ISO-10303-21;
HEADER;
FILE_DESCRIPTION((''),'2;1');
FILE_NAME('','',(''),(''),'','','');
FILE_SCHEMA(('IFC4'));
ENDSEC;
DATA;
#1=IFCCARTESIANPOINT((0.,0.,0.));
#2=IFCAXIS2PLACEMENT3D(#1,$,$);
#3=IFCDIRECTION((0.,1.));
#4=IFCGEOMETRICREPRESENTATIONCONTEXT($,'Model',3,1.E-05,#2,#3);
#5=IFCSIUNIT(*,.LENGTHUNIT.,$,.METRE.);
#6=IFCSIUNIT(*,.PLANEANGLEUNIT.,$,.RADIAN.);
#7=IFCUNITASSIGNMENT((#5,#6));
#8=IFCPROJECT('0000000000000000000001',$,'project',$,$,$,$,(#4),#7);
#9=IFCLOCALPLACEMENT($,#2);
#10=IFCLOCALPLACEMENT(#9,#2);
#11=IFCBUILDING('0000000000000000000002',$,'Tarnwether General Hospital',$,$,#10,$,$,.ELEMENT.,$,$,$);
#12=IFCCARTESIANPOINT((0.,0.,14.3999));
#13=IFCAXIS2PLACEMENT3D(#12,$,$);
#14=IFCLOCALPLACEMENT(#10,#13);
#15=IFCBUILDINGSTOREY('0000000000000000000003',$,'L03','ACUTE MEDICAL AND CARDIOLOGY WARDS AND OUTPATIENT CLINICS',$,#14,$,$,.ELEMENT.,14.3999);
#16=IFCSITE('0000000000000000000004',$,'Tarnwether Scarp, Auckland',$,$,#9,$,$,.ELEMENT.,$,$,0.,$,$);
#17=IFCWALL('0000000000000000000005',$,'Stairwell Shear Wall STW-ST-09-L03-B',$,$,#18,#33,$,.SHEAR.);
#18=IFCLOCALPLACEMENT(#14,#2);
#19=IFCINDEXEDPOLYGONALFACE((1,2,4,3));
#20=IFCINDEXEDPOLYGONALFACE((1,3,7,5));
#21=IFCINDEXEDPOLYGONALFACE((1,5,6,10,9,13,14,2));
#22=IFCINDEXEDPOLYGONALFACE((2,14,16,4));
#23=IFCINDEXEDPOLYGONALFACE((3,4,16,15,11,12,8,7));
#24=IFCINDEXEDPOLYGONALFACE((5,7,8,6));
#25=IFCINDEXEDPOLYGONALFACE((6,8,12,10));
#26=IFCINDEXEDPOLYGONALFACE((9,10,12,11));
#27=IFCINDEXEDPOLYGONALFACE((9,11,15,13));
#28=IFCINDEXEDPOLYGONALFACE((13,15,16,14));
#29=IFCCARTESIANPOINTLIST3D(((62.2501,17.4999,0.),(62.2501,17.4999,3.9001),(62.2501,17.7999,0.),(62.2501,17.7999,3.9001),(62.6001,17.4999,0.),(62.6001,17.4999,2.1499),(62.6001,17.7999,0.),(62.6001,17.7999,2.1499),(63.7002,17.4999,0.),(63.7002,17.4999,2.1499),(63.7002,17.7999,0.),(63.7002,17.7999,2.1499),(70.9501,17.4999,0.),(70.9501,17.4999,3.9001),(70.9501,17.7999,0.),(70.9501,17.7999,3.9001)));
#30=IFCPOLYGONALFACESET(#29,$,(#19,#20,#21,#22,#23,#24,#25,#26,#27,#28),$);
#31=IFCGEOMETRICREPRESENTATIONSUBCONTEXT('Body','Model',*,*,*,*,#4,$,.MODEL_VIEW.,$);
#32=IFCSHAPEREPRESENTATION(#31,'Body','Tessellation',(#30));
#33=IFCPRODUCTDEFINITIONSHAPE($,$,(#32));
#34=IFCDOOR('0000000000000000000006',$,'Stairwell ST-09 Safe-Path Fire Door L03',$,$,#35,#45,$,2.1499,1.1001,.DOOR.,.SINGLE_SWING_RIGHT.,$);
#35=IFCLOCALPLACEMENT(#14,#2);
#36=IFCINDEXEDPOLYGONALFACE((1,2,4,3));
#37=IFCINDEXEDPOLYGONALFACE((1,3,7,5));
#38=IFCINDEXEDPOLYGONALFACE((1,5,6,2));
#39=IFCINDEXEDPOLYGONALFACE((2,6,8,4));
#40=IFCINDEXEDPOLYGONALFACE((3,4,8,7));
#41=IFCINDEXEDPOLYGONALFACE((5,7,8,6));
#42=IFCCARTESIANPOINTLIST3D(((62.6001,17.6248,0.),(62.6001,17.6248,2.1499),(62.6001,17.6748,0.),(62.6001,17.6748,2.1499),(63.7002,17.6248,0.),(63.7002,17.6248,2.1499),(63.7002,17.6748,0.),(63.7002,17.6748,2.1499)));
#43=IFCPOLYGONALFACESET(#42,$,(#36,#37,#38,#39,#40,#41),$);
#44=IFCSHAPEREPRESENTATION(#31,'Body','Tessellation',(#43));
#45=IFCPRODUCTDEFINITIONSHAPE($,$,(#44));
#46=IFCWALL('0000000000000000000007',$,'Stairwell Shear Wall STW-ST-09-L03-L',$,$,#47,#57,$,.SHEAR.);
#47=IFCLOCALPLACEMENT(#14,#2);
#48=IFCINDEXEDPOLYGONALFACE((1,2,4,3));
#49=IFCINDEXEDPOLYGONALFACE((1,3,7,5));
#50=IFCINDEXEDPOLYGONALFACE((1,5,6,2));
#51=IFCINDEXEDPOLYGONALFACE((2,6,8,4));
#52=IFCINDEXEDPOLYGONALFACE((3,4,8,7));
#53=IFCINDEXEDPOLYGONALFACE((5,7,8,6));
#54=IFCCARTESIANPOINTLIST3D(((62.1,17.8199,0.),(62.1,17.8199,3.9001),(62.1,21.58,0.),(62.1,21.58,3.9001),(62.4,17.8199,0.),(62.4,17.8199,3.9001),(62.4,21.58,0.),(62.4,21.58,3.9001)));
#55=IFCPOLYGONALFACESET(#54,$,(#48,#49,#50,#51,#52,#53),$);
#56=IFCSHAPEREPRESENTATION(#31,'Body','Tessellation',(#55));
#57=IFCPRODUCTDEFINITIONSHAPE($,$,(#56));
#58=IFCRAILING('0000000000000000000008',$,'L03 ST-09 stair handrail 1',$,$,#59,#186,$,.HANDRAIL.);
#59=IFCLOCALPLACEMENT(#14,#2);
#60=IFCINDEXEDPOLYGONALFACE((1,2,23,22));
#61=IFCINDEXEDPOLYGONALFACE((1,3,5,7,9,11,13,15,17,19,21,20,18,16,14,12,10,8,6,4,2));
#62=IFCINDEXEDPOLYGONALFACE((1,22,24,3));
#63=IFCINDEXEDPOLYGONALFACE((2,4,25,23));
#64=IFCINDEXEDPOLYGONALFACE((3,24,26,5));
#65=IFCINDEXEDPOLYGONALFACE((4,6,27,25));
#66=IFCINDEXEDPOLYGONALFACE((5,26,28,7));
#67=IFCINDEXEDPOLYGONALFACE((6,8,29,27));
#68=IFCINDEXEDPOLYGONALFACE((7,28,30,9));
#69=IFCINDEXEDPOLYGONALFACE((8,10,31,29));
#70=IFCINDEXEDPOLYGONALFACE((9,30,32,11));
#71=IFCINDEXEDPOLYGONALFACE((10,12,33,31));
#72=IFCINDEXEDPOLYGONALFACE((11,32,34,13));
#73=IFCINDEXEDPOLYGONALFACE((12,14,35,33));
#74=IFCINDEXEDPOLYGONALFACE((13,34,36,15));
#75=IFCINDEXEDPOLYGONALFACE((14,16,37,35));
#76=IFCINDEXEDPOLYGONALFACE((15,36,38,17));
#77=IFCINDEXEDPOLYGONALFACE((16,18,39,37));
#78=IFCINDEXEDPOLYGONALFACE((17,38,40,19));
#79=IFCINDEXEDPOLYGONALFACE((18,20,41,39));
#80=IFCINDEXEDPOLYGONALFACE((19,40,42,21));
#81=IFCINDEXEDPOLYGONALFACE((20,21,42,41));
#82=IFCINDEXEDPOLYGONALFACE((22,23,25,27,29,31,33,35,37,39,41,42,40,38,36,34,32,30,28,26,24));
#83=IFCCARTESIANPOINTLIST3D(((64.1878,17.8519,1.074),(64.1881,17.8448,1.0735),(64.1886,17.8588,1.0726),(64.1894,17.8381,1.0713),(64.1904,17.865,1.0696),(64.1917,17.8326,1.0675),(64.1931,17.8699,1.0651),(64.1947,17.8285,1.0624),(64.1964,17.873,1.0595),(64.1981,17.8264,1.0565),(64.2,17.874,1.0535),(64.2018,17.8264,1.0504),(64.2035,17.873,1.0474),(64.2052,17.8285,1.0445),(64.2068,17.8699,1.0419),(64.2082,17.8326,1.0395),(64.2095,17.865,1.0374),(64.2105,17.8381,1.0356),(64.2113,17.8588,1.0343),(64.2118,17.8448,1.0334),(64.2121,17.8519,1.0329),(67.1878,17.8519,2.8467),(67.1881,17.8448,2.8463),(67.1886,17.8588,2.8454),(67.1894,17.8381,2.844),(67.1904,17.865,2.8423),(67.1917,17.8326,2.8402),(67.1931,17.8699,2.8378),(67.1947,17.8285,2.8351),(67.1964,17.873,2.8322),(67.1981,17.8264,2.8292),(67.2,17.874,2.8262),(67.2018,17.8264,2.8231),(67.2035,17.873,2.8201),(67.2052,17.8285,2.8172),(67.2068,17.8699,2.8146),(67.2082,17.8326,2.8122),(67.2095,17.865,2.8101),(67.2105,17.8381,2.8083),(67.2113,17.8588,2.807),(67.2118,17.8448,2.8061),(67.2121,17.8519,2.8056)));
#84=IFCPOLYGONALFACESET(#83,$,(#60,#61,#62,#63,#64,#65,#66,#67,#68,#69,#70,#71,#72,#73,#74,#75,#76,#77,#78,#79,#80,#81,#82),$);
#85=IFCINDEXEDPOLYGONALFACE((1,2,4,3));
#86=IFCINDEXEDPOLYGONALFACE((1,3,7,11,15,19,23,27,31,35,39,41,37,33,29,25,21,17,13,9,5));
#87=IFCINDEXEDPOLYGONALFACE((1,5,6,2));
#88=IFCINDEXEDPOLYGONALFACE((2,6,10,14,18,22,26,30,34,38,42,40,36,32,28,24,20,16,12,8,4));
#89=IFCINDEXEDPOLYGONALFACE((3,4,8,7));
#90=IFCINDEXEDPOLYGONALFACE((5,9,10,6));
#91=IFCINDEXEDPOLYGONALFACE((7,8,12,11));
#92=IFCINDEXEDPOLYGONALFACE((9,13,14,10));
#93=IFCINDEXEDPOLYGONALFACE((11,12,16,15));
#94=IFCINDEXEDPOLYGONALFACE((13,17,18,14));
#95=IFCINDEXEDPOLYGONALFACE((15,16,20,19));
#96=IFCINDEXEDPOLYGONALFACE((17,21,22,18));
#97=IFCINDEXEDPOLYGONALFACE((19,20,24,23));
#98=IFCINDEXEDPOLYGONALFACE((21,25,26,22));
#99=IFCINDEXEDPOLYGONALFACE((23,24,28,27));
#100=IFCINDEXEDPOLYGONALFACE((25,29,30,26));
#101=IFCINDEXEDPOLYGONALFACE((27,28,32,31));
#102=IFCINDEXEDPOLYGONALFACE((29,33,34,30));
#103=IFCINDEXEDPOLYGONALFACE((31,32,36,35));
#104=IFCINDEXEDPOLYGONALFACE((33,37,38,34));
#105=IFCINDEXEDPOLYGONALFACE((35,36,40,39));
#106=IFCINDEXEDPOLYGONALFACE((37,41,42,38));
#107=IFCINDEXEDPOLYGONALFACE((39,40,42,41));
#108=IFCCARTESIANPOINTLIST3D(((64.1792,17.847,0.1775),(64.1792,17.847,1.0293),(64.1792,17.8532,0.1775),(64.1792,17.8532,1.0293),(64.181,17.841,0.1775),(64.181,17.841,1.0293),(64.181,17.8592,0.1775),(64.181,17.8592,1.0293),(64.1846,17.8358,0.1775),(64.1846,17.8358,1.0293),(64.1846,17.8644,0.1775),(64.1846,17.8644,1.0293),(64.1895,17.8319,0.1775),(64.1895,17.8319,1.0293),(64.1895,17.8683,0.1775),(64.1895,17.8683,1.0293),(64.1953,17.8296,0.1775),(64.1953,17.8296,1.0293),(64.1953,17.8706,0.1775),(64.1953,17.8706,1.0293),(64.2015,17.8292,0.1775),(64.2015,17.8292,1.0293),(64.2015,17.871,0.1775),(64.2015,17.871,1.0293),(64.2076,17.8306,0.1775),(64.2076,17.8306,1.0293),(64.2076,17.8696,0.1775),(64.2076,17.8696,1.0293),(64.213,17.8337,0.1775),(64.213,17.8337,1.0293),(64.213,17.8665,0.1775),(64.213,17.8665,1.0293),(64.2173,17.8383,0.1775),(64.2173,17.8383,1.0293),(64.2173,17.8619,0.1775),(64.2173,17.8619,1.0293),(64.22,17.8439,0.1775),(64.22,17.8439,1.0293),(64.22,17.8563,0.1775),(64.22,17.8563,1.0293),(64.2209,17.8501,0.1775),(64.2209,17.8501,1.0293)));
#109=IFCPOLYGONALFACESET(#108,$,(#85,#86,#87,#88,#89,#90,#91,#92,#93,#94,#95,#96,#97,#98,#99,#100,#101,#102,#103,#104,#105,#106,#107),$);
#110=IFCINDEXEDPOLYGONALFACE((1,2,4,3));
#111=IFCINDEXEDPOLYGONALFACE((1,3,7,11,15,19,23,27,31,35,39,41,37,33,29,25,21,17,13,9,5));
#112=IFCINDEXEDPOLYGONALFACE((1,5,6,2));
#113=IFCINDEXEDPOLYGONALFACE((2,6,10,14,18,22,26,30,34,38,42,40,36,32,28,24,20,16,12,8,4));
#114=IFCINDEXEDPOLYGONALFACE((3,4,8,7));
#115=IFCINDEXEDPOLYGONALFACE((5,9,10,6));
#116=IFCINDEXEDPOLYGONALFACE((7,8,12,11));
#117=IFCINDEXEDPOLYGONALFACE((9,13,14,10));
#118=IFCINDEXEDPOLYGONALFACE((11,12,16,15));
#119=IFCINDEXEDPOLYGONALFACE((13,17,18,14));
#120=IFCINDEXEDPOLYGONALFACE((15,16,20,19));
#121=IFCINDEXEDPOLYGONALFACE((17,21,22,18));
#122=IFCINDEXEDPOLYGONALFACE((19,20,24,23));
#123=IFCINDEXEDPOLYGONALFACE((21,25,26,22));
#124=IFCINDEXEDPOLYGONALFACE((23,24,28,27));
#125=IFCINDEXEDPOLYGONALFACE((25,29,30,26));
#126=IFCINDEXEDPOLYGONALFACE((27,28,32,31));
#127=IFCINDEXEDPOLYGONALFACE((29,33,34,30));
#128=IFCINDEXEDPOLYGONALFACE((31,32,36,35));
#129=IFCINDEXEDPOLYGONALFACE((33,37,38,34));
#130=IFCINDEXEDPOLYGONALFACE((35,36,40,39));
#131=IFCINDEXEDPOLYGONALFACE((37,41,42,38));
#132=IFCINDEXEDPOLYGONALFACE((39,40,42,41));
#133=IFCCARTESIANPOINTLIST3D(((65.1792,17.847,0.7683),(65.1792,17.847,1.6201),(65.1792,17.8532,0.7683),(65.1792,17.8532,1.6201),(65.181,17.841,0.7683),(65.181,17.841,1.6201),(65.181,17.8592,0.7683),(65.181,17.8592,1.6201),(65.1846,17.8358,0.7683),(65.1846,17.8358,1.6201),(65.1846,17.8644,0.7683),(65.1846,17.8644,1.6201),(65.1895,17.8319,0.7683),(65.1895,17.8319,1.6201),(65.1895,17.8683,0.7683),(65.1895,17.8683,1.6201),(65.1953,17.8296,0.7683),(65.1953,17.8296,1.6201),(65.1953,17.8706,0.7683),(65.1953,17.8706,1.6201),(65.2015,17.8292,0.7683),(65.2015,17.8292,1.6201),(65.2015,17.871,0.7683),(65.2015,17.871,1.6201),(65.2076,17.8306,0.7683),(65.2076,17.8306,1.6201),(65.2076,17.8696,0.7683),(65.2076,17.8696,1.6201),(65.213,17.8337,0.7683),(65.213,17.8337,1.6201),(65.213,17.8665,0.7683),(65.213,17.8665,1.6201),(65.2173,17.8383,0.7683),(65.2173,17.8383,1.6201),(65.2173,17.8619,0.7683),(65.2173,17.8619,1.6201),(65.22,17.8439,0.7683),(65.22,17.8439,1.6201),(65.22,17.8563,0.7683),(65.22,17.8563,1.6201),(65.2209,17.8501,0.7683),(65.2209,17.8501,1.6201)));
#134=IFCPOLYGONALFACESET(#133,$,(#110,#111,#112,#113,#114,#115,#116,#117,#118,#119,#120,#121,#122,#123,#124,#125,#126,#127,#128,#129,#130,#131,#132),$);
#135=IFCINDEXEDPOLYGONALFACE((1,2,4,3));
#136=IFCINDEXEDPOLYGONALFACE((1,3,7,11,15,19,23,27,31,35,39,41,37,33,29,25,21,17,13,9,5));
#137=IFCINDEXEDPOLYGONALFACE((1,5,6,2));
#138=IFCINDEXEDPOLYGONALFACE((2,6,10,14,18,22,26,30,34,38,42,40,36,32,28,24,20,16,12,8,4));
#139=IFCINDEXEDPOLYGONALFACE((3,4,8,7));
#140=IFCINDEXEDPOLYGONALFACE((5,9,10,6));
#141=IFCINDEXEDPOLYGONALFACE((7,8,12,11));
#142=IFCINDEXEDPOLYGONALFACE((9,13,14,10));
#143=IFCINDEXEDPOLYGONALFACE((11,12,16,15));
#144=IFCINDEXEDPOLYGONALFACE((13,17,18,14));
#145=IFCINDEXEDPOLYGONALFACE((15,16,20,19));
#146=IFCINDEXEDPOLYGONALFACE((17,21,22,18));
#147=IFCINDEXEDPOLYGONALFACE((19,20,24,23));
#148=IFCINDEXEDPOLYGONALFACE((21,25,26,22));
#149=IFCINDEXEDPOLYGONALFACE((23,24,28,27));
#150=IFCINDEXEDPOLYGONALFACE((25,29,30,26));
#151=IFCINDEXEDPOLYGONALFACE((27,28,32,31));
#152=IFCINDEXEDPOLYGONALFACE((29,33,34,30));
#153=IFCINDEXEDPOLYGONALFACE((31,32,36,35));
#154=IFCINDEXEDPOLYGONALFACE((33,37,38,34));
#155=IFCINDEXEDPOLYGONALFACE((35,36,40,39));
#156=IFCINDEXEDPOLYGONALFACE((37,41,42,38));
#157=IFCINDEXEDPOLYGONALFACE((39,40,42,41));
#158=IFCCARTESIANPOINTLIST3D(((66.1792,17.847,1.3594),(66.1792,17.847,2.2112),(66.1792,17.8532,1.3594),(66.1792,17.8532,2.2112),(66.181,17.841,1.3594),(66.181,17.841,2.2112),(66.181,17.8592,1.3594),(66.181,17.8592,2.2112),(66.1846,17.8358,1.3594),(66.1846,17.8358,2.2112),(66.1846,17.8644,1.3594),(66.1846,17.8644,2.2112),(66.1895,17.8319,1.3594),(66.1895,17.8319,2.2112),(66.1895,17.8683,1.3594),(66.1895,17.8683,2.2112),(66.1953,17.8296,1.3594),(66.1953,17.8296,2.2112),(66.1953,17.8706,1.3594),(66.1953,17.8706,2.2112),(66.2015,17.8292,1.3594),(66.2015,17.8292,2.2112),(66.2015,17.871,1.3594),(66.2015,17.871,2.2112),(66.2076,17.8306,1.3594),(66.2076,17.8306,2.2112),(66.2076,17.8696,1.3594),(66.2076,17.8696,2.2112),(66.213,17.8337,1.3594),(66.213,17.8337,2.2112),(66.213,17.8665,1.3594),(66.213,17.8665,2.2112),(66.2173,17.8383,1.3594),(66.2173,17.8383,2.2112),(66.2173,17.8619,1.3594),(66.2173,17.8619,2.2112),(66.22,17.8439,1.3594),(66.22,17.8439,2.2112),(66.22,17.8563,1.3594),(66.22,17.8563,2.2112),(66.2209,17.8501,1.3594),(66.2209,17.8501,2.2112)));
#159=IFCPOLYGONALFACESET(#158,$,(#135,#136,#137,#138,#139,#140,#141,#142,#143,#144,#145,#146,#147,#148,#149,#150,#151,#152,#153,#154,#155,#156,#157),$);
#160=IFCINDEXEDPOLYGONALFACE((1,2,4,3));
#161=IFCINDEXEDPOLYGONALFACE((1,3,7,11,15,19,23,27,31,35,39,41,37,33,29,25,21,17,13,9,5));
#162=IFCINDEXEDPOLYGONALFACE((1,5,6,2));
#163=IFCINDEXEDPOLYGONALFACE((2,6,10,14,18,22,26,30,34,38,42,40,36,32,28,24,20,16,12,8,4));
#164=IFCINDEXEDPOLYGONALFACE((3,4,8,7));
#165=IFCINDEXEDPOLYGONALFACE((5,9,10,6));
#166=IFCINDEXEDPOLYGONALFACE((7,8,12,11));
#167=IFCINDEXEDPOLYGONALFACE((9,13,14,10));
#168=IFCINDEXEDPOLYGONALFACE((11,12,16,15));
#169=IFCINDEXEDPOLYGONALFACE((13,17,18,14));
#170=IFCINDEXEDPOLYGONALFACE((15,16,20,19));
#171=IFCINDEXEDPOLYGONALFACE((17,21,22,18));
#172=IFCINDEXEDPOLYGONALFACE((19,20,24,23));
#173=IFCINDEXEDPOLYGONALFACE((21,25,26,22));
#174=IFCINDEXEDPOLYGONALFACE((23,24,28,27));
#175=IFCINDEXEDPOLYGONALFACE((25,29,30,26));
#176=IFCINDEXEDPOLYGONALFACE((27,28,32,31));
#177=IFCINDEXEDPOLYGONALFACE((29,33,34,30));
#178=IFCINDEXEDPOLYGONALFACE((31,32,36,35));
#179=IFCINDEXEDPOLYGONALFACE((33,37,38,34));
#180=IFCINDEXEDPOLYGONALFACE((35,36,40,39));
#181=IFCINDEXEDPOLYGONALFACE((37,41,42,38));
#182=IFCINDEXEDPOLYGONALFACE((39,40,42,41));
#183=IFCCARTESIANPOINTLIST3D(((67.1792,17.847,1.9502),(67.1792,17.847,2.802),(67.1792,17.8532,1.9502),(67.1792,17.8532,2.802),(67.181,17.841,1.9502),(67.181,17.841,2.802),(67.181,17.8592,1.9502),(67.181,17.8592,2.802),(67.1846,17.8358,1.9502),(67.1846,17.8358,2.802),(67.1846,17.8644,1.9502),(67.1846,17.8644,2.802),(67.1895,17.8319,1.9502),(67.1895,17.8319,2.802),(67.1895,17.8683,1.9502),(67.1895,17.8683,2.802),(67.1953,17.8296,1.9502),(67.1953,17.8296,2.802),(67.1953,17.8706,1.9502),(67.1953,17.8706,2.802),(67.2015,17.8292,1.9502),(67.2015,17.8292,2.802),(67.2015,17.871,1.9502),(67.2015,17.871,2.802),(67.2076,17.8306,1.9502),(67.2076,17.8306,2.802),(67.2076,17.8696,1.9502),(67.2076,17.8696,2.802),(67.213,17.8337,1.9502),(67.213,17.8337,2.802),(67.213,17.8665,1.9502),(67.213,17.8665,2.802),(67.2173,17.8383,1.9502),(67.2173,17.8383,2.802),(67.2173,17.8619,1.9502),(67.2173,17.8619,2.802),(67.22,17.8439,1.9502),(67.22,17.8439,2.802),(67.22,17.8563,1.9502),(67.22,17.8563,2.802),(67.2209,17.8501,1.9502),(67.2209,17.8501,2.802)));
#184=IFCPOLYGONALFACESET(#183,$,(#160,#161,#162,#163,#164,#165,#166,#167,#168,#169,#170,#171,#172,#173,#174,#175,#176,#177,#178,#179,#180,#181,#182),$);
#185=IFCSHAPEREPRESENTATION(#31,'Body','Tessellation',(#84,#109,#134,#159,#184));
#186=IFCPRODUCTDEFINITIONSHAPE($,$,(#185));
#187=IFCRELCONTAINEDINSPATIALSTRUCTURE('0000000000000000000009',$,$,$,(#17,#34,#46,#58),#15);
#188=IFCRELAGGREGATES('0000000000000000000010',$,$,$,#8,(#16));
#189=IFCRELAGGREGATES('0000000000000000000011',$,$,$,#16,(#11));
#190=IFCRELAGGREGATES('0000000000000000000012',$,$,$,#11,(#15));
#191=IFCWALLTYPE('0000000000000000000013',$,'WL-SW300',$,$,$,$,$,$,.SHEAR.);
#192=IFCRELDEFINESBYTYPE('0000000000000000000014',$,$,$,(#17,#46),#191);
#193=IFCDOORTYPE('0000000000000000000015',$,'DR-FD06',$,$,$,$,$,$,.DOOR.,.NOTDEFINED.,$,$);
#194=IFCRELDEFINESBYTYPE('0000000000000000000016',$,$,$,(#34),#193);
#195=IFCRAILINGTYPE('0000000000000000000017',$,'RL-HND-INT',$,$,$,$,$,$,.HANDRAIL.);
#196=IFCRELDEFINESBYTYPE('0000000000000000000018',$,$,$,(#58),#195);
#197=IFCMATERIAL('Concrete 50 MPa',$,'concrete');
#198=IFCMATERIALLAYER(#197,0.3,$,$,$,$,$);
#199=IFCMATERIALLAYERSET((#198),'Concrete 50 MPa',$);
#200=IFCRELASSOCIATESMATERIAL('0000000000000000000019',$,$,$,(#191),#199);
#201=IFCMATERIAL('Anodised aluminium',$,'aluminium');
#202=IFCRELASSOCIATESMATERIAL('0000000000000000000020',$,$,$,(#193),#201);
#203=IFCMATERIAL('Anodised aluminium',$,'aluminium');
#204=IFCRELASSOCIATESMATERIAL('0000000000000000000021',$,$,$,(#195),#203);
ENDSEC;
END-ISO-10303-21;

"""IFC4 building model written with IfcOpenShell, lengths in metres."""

from ifc_helpers import new_model, si_unit, direction, frame, frame_2d, origin, origin_2d, place, context, subcontext, project, spatial, rectangle, circle, extrude, material, layer, layer_set, type_object, element, fill, save


model = new_model("IFC4")

# Units and contexts
model_context = context("Model", 3, precision=1e-05, world=origin(), true_north=direction((0.0, 1.0)))
body_context = subcontext(model_context, "Body", "Model", "MODEL_VIEW")
ifc_project = project(units=[si_unit("LENGTHUNIT", "METRE"), si_unit("PLANEANGLEUNIT", "RADIAN")], contexts=[model_context])

# Site, building, storey
site_placement = place(None, origin())
site = spatial("IfcSite", under=ifc_project, at=site_placement, Name="Tarnwether Scarp, Auckland", CompositionType="ELEMENT", RefElevation=0.0)
building_placement = place(site_placement, origin())
building = spatial("IfcBuilding", under=site, at=building_placement, Name="Tarnwether General Hospital", CompositionType="ELEMENT")
storey_placement = place(building_placement, frame((0.0, 0.0, 14.3999)))
storey = spatial("IfcBuildingStorey", under=building, at=storey_placement, Name="L03", Description="ACUTE MEDICAL AND CARDIOLOGY WARDS AND OUTPATIENT CLINICS", CompositionType="ELEMENT", Elevation=14.3999)

# Wall, opening, door
ifc_material_1 = material(Name="Concrete 50 MPa", Category="concrete")
ifc_layer_1 = layer(ifc_material_1, 0.3)
ifc_layer_set_1 = layer_set([ifc_layer_1], Name="Concrete 50 MPa")
wall_type_1 = type_object("IfcWallType", Name="WL-SW300", PredefinedType="SHEAR", material=ifc_layer_set_1)
wall_1_placement = place(storey_placement, frame((62.25, 17.6499, 0.0), z_axis=(0.0, 0.0, 1.0), x_axis=(1.0, 0.0, 0.0)))
wall_1 = element("IfcWall", 1, at=wall_1_placement, inside=storey, type_object=wall_type_1, Name="Stairwell Shear Wall STW-ST-09-L03-B", PredefinedType="SHEAR", context=body_context, shape_type="SweptSolid", body=[
    extrude(rectangle(XDim=8.7, YDim=0.3, at=frame_2d((4.3501, 0.0))), origin(), (0.0, 0.0, 1.0), 3.9001),
])
opening_placement = place(wall_1_placement, frame((0.3501, 0.0, 0.0)))
opening = element("IfcOpeningElement", 2, at=opening_placement, cuts=wall_1, PredefinedType="OPENING", context=body_context, shape_type="SweptSolid", body=[
    extrude(rectangle(XDim=1.1001, YDim=2.1499, at=frame_2d((0.55, 1.075))), frame((0.0, 0.1602, 0.0), z_axis=(0.0, -1.0, 0.0), x_axis=(1.0, 0.0, 0.0)), (0.0, 0.0, 1.0), 0.3201),
])
ifc_material_2 = material(Name="Anodised aluminium", Category="aluminium")
door_type = type_object("IfcDoorType", Name="DR-FD06", OperationType="NOTDEFINED", PredefinedType="DOOR", material=ifc_material_2)
door_placement = place(opening_placement, origin())
door = element("IfcDoor", 3, at=door_placement, inside=storey, type_object=door_type, Name="Stairwell ST-09 Safe-Path Fire Door L03", OperationType="SINGLE_SWING_RIGHT", OverallHeight=2.1499, OverallWidth=1.1001, PredefinedType="DOOR", context=body_context, shape_type="SweptSolid", body=[
    extrude(rectangle(XDim=1.1001, YDim=2.1499, at=frame_2d((0.55, 1.075))), frame((0.0, 0.0249, 0.0), z_axis=(0.0, -1.0, 0.0), x_axis=(1.0, 0.0, 0.0)), (0.0, 0.0, 1.0), 0.05),
])
fill(opening, door)

# Wall
wall_2_placement = place(storey_placement, frame((62.25, 17.8201, 0.0), z_axis=(0.0, 0.0, 1.0), x_axis=(0.0, 1.0, 0.0)))
element("IfcWall", 4, at=wall_2_placement, inside=storey, type_object=wall_type_1, Name="Stairwell Shear Wall STW-ST-09-L03-L", PredefinedType="SHEAR", context=body_context, shape_type="SweptSolid", body=[
    extrude(rectangle(XDim=3.76, YDim=0.3, at=frame_2d((1.8799, 0.0))), origin(), (0.0, 0.0, 1.0), 3.9001),
])

# Railing
ifc_material_3 = material(Name="Anodised aluminium", Category="aluminium")
railing_type = type_object("IfcRailingType", Name="RL-HND-INT", PredefinedType="HANDRAIL", material=ifc_material_3)
railing_placement = place(storey_placement, frame((64.2, 17.8501, 0.1775)))
element("IfcRailing", 5, at=railing_placement, inside=storey, type_object=railing_type, Name="L03 ST-09 stair handrail 1", PredefinedType="HANDRAIL", context=body_context, shape_type="SweptSolid", body=[
    extrude(circle(Radius=0.0239, at=origin_2d()), frame((0.0, 0.0, 0.876), z_axis=(0.860929, 0.0, 0.508725), x_axis=(0.0, 1.0, 0.0)), (0.0, 0.0, 1.0), 3.4846),
    extrude(circle(Radius=0.021, at=origin_2d()), origin(), (0.0, 0.0, 1.0), 0.8518),
    extrude(circle(Radius=0.021, at=origin_2d()), frame((1.0, 0.0, 0.5908)), (0.0, 0.0, 1.0), 0.8518),
    extrude(circle(Radius=0.021, at=origin_2d()), frame((2.0, 0.0, 1.1819)), (0.0, 0.0, 1.0), 0.8518),
    extrude(circle(Radius=0.021, at=origin_2d()), frame((3.0, 0.0, 1.7727)), (0.0, 0.0, 1.0), 0.8518),
])

save(model, "model.ifc")
